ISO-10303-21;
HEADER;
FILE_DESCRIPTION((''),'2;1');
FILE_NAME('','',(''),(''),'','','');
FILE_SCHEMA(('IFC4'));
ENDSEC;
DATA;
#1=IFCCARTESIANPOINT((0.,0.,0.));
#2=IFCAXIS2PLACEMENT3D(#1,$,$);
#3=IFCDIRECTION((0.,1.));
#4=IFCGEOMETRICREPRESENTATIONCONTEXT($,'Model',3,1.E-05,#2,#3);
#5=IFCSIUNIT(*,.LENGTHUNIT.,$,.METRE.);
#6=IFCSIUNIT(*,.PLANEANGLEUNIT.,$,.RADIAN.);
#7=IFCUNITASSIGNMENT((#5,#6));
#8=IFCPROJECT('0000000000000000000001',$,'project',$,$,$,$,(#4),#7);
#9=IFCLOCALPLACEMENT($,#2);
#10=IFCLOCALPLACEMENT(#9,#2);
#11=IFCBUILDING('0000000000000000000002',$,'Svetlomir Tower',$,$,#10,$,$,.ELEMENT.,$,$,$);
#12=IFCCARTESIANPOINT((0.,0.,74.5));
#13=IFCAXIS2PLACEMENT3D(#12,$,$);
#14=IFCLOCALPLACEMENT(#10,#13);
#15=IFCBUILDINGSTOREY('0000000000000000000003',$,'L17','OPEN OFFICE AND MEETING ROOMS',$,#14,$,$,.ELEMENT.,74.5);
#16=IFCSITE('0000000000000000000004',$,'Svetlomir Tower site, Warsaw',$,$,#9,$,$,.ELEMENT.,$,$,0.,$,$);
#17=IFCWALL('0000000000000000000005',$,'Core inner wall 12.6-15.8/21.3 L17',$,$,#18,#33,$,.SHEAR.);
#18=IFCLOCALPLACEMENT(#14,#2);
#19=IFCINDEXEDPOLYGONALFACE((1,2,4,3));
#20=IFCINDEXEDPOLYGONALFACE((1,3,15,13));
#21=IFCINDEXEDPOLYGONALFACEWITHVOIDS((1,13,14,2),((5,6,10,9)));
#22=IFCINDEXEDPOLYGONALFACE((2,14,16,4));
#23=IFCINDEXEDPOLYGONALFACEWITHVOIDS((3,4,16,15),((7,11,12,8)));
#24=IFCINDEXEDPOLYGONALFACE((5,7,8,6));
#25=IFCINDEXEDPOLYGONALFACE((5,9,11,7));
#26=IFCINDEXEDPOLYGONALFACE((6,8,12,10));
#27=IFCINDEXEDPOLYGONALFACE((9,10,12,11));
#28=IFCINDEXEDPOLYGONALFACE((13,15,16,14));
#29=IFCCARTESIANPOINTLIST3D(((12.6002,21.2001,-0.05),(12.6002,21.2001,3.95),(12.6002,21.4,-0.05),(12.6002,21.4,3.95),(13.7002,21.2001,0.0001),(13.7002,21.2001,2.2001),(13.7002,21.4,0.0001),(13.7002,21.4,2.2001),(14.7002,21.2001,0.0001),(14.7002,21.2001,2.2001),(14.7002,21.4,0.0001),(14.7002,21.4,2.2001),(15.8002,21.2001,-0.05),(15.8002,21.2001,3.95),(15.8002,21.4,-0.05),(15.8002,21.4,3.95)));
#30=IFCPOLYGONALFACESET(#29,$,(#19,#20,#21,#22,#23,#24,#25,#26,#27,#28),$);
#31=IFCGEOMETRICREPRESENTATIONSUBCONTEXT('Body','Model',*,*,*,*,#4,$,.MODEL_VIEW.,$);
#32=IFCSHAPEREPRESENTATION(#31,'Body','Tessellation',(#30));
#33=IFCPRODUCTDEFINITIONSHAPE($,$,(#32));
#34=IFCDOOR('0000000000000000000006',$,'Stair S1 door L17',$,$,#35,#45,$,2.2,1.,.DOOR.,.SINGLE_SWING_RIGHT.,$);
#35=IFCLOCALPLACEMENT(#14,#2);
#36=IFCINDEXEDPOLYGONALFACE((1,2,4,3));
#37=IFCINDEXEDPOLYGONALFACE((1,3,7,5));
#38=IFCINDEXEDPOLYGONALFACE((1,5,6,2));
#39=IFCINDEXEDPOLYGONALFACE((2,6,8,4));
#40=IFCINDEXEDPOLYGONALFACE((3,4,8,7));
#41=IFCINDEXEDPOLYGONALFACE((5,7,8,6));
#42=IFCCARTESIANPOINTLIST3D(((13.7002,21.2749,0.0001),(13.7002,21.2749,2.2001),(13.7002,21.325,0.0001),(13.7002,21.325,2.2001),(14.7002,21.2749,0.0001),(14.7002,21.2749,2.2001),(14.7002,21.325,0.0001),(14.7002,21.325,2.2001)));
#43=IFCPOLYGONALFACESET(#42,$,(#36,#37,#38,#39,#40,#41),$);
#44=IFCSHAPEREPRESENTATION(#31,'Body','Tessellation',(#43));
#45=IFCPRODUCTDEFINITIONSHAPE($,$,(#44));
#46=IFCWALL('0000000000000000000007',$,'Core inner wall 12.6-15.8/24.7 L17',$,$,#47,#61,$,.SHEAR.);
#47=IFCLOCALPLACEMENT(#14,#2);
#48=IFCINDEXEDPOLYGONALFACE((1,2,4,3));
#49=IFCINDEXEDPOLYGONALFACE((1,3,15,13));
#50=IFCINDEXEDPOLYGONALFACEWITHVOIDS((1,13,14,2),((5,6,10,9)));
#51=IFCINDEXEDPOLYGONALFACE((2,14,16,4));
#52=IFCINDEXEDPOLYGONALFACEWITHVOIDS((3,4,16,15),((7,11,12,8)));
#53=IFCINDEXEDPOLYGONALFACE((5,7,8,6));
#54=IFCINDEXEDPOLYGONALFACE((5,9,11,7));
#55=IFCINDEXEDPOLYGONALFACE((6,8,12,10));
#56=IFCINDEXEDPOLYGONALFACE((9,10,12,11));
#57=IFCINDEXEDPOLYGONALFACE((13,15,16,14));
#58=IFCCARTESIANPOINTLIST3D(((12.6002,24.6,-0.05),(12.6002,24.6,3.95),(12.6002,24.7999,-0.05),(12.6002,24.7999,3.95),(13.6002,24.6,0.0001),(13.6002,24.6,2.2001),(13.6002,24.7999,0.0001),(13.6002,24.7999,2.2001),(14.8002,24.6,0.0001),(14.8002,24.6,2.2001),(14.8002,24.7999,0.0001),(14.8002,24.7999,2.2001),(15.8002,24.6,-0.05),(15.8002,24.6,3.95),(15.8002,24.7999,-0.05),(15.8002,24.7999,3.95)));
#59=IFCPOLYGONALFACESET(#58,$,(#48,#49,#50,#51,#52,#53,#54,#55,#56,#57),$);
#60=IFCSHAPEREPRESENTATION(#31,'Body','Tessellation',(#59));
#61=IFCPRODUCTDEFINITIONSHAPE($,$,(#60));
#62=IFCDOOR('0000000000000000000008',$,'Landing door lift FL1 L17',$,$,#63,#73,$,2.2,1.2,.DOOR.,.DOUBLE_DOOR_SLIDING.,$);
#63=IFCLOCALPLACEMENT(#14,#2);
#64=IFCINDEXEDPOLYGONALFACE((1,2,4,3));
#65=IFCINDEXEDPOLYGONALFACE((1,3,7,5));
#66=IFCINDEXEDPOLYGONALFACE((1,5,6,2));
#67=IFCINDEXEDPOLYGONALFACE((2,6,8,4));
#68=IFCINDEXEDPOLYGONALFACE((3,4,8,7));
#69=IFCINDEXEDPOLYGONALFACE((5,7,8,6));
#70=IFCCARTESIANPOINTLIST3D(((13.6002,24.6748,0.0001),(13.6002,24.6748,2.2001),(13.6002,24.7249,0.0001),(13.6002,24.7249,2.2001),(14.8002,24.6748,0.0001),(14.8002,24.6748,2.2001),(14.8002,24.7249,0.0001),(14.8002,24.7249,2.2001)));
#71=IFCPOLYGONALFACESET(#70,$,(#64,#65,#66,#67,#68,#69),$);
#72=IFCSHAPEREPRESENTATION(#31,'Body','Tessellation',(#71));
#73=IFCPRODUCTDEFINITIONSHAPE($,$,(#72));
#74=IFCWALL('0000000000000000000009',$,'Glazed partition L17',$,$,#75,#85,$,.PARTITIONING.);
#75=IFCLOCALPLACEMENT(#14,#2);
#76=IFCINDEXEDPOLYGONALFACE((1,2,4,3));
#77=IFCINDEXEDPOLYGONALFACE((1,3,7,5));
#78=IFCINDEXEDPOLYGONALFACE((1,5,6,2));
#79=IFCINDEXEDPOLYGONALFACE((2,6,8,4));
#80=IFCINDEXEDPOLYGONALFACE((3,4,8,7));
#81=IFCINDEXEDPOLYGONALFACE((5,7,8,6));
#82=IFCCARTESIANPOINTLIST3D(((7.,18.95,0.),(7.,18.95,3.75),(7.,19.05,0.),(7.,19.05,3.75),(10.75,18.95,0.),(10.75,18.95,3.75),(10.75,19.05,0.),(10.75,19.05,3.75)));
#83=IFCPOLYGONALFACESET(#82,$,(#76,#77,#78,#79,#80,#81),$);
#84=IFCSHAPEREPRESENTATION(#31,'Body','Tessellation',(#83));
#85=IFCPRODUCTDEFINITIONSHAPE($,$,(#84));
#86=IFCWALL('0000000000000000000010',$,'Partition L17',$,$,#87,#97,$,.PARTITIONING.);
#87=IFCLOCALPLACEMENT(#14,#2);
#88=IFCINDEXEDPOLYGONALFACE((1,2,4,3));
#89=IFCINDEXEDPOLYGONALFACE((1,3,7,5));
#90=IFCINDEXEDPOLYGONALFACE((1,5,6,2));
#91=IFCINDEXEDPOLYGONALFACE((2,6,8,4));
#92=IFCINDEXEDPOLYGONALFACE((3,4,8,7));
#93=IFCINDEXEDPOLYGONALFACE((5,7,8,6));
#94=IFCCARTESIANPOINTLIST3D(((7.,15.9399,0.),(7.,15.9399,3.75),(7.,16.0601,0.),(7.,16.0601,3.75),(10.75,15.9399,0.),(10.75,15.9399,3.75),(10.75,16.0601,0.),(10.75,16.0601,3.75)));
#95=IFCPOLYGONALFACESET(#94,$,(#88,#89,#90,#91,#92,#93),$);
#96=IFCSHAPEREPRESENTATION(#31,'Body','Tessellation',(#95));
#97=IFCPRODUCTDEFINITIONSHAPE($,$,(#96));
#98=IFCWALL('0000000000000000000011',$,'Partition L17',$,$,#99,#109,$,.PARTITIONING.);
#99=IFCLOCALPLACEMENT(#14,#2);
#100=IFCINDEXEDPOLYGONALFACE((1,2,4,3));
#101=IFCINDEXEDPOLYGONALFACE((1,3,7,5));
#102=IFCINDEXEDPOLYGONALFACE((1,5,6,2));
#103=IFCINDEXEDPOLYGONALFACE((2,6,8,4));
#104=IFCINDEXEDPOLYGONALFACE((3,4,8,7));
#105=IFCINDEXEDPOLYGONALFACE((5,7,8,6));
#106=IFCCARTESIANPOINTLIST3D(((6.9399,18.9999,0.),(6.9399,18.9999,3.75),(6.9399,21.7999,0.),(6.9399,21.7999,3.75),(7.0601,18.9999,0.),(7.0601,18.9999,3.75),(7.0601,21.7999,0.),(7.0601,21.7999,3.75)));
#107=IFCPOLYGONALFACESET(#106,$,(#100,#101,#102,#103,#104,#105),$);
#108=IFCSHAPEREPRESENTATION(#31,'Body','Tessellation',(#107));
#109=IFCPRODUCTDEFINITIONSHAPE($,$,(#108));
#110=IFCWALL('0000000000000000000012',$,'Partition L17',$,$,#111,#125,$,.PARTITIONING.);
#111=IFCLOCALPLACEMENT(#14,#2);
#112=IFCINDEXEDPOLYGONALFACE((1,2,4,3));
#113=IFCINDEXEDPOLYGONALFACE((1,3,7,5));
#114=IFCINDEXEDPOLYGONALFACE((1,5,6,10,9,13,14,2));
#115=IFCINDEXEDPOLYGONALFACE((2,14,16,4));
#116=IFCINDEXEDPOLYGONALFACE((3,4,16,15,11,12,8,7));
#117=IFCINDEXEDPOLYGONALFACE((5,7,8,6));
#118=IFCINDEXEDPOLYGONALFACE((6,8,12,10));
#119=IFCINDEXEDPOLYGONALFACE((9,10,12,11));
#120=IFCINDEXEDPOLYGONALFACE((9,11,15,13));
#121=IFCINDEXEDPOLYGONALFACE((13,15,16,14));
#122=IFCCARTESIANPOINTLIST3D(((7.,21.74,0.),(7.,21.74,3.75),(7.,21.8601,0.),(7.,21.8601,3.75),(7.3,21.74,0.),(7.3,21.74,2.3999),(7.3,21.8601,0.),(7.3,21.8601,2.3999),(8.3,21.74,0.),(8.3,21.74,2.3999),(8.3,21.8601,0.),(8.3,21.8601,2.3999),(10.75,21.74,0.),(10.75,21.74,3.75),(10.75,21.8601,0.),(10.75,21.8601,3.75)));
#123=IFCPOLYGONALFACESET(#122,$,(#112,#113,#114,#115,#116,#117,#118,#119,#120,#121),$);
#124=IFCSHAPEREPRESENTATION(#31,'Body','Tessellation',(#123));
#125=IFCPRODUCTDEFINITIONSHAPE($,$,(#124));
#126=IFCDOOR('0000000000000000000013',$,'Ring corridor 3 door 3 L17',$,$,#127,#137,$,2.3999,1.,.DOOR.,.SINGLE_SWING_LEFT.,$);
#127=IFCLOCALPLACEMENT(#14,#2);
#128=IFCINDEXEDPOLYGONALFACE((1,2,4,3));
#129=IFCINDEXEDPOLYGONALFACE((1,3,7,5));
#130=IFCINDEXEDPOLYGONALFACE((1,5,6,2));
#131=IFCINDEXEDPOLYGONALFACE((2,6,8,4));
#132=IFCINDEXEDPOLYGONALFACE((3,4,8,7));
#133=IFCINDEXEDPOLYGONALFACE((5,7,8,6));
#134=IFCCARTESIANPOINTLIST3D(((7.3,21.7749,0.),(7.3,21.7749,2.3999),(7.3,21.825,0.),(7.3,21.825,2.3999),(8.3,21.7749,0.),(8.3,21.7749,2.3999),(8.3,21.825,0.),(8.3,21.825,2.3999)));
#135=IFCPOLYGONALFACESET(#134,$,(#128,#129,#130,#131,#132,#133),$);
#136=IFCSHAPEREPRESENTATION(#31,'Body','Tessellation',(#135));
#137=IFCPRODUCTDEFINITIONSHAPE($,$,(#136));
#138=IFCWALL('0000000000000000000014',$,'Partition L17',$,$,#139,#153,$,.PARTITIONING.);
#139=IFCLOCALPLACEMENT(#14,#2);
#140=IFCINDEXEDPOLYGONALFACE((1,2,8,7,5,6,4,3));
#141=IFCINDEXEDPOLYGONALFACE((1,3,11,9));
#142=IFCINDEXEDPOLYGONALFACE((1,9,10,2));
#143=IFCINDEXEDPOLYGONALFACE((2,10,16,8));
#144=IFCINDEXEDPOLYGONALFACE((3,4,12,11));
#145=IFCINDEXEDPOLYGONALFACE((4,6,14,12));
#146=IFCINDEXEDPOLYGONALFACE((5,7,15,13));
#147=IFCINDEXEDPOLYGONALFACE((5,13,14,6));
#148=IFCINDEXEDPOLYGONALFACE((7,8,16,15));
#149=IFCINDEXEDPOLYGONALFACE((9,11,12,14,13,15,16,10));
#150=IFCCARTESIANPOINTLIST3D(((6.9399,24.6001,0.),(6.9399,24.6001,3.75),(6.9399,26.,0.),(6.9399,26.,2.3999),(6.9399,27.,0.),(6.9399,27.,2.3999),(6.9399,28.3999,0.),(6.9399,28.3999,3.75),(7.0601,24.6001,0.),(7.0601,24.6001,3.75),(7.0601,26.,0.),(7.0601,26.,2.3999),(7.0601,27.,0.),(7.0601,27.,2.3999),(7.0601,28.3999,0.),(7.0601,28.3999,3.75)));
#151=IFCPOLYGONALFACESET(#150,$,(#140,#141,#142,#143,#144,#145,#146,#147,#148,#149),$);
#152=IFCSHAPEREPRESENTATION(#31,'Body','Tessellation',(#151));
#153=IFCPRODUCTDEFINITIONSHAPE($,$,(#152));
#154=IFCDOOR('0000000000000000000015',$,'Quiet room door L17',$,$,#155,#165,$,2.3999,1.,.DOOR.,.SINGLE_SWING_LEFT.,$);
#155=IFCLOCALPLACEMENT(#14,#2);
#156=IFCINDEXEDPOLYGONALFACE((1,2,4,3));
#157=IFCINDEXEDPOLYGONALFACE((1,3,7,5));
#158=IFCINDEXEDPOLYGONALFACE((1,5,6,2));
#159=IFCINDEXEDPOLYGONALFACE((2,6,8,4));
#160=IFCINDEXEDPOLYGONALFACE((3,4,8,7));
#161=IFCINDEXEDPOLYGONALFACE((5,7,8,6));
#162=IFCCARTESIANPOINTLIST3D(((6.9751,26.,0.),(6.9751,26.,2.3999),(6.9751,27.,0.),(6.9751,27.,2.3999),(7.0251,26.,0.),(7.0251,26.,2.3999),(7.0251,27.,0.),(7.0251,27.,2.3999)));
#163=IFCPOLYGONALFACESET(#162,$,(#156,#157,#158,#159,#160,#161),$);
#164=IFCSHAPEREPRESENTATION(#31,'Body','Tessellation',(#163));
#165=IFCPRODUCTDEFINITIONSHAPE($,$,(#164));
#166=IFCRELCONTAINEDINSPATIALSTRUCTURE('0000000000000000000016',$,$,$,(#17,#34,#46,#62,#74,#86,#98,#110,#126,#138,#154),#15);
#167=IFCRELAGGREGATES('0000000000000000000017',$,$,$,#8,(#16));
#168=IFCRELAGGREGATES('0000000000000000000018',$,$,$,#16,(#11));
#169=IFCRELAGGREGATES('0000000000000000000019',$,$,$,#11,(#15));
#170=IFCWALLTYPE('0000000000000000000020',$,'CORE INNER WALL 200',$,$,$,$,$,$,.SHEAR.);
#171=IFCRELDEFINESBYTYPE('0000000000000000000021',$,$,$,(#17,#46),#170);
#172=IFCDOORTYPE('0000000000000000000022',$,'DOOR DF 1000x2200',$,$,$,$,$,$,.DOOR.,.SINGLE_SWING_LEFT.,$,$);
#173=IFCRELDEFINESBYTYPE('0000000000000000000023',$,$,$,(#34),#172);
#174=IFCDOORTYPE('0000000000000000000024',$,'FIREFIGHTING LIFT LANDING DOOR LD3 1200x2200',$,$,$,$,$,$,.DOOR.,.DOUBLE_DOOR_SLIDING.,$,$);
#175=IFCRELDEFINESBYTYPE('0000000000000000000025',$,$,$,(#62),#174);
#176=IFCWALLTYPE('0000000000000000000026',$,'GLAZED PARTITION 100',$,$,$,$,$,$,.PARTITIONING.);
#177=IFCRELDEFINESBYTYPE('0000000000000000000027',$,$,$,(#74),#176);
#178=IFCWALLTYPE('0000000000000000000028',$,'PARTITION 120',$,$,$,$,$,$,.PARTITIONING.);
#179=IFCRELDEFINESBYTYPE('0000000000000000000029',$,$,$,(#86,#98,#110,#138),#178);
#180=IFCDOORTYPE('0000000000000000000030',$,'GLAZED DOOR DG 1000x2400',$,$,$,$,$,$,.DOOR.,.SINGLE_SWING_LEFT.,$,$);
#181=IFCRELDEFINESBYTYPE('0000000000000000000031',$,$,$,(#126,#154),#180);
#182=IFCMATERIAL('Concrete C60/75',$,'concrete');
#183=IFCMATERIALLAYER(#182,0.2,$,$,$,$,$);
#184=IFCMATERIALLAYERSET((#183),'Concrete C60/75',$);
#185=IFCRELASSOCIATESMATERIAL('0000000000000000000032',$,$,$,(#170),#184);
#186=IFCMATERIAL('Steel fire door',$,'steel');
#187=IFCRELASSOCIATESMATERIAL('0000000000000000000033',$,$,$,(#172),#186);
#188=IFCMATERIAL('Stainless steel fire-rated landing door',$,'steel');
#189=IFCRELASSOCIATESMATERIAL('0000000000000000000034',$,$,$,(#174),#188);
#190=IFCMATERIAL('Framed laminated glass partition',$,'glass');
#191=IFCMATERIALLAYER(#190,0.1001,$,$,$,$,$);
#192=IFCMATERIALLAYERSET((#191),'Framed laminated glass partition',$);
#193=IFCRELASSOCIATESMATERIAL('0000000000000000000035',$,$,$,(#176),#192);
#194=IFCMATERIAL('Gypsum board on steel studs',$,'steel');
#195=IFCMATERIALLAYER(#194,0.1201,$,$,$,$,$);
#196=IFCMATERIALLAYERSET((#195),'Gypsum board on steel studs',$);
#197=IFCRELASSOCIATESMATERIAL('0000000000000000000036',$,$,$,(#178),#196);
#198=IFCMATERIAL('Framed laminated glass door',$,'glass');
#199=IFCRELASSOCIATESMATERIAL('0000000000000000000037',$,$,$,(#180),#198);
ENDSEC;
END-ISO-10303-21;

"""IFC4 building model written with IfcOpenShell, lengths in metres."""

from ifc_helpers import new_model, si_unit, direction, frame, frame_2d, origin, place, context, subcontext, project, spatial, rectangle, extrude, material, layer, layer_set, type_object, element, fill, save


model = new_model("IFC4")

# Units and contexts
model_context = context("Model", 3, precision=1e-05, world=origin(), true_north=direction((0.0, 1.0)))
body_context = subcontext(model_context, "Body", "Model", "MODEL_VIEW")
ifc_project = project(units=[si_unit("LENGTHUNIT", "METRE"), si_unit("PLANEANGLEUNIT", "RADIAN")], contexts=[model_context])

# Site, building, storey
site_placement = place(None, origin())
site = spatial("IfcSite", under=ifc_project, at=site_placement, Name="Svetlomir Tower site, Warsaw", CompositionType="ELEMENT", RefElevation=0.0)
building_placement = place(site_placement, origin())
building = spatial("IfcBuilding", under=site, at=building_placement, Name="Svetlomir Tower", CompositionType="ELEMENT")
storey_placement = place(building_placement, frame((0.0, 0.0, 74.5)))
storey = spatial("IfcBuildingStorey", under=building, at=storey_placement, Name="L17", Description="OPEN OFFICE AND MEETING ROOMS", CompositionType="ELEMENT", Elevation=74.5)

# Walls, openings, doors
ifc_material_1 = material(Name="Concrete C60/75", Category="concrete")
ifc_layer_1 = layer(ifc_material_1, 0.2)
ifc_layer_set_1 = layer_set([ifc_layer_1], Name="Concrete C60/75")
wall_type_1 = type_object("IfcWallType", Name="CORE INNER WALL 200", PredefinedType="SHEAR", material=ifc_layer_set_1)
wall_1_placement = place(storey_placement, frame((12.6001, 21.3, -0.05), z_axis=(0.0, 0.0, 1.0), x_axis=(1.0, 0.0, 0.0)))
wall_1 = element("IfcWall", 1, at=wall_1_placement, inside=storey, type_object=wall_type_1, Name="Core inner wall 12.6-15.8/21.3 L17", PredefinedType="SHEAR", context=body_context, shape_type="SweptSolid", body=[
    extrude(rectangle(XDim=3.2, YDim=0.2, at=frame_2d((1.6001, 0.0))), origin(), (0.0, 0.0, 1.0), 4.0),
])
opening_1_placement = place(wall_1_placement, frame((1.1001, 0.0, 0.05)))
opening_1 = element("IfcOpeningElement", 2, at=opening_1_placement, cuts=wall_1, PredefinedType="OPENING", context=body_context, shape_type="SweptSolid", body=[
    extrude(rectangle(XDim=1.0, YDim=2.2, at=frame_2d((0.5, 1.1001))), frame((0.0, 0.1099, 0.0), z_axis=(0.0, -1.0, 0.0), x_axis=(1.0, 0.0, 0.0)), (0.0, 0.0, 1.0), 0.22),
])
ifc_material_2 = material(Name="Steel fire door", Category="steel")
door_type_1 = type_object("IfcDoorType", Name="DOOR DF 1000x2200", OperationType="SINGLE_SWING_LEFT", PredefinedType="DOOR", material=ifc_material_2)
door_1_placement = place(opening_1_placement, origin())
door_1 = element("IfcDoor", 3, at=door_1_placement, inside=storey, type_object=door_type_1, Name="Stair S1 door L17", OperationType="SINGLE_SWING_RIGHT", OverallHeight=2.2, OverallWidth=1.0, PredefinedType="DOOR", context=body_context, shape_type="SweptSolid", body=[
    extrude(rectangle(XDim=1.0, YDim=2.2, at=frame_2d((0.5, 1.1001))), frame((0.0, 0.0249, 0.0), z_axis=(0.0, -1.0, 0.0), x_axis=(1.0, 0.0, 0.0)), (0.0, 0.0, 1.0), 0.05),
])
fill(opening_1, door_1)
wall_2_placement = place(storey_placement, frame((12.6001, 24.7, -0.05), z_axis=(0.0, 0.0, 1.0), x_axis=(1.0, 0.0, 0.0)))
wall_2 = element("IfcWall", 4, at=wall_2_placement, inside=storey, type_object=wall_type_1, Name="Core inner wall 12.6-15.8/24.7 L17", PredefinedType="SHEAR", context=body_context, shape_type="SweptSolid", body=[
    extrude(rectangle(XDim=3.2, YDim=0.2, at=frame_2d((1.6001, 0.0))), origin(), (0.0, 0.0, 1.0), 4.0),
])
opening_2_placement = place(wall_2_placement, frame((1.0, 0.0, 0.05)))
opening_2 = element("IfcOpeningElement", 5, at=opening_2_placement, cuts=wall_2, PredefinedType="OPENING", context=body_context, shape_type="SweptSolid", body=[
    extrude(rectangle(XDim=1.2, YDim=2.2, at=frame_2d((0.6001, 1.1001))), frame((0.0, 0.1099, 0.0), z_axis=(0.0, -1.0, 0.0), x_axis=(1.0, 0.0, 0.0)), (0.0, 0.0, 1.0), 0.22),
])
ifc_material_3 = material(Name="Stainless steel fire-rated landing door", Category="steel")
door_type_2 = type_object("IfcDoorType", Name="FIREFIGHTING LIFT LANDING DOOR LD3 1200x2200", OperationType="DOUBLE_DOOR_SLIDING", PredefinedType="DOOR", material=ifc_material_3)
door_2_placement = place(opening_2_placement, origin())
door_2 = element("IfcDoor", 6, at=door_2_placement, inside=storey, type_object=door_type_2, Name="Landing door lift FL1 L17", OperationType="DOUBLE_DOOR_SLIDING", OverallHeight=2.2, OverallWidth=1.2, PredefinedType="DOOR", context=body_context, shape_type="SweptSolid", body=[
    extrude(rectangle(XDim=1.2, YDim=2.2, at=frame_2d((0.6001, 1.1001))), frame((0.0, 0.0249, 0.0), z_axis=(0.0, -1.0, 0.0), x_axis=(1.0, 0.0, 0.0)), (0.0, 0.0, 1.0), 0.05),
])
fill(opening_2, door_2)

# Wall
ifc_material_4 = material(Name="Framed laminated glass partition", Category="glass")
ifc_layer_2 = layer(ifc_material_4, 0.1001)
ifc_layer_set_2 = layer_set([ifc_layer_2], Name="Framed laminated glass partition")
wall_type_2 = type_object("IfcWallType", Name="GLAZED PARTITION 100", PredefinedType="PARTITIONING", material=ifc_layer_set_2)
wall_3_placement = place(storey_placement, frame((7.0, 19.0, 0.0), z_axis=(0.0, 0.0, 1.0), x_axis=(1.0, 0.0, 0.0)))
element("IfcWall", 7, at=wall_3_placement, inside=storey, type_object=wall_type_2, Name="Glazed partition L17", PredefinedType="PARTITIONING", context=body_context, shape_type="SweptSolid", body=[
    extrude(rectangle(XDim=3.75, YDim=0.1001, at=frame_2d((1.875, 0.0))), origin(), (0.0, 0.0, 1.0), 3.75),
])

# Shared definitions
ifc_material_5 = material(Name="Gypsum board on steel studs", Category="steel")
ifc_layer_3 = layer(ifc_material_5, 0.1201)
ifc_layer_set_3 = layer_set([ifc_layer_3], Name="Gypsum board on steel studs")
wall_type_3 = type_object("IfcWallType", Name="PARTITION 120", PredefinedType="PARTITIONING", material=ifc_layer_set_3)
ifc_material_6 = material(Name="Framed laminated glass door", Category="glass")
door_type_3 = type_object("IfcDoorType", Name="GLAZED DOOR DG 1000x2400", OperationType="SINGLE_SWING_LEFT", PredefinedType="DOOR", material=ifc_material_6)

# Walls
wall_4_placement = place(storey_placement, frame((7.0, 16.0, 0.0), z_axis=(0.0, 0.0, 1.0), x_axis=(1.0, 0.0, 0.0)))
element("IfcWall", 8, at=wall_4_placement, inside=storey, type_object=wall_type_3, Name="Partition L17", PredefinedType="PARTITIONING", context=body_context, shape_type="SweptSolid", body=[
    extrude(rectangle(XDim=3.75, YDim=0.1201, at=frame_2d((1.875, 0.0))), origin(), (0.0, 0.0, 1.0), 3.75),
])
wall_5_placement = place(storey_placement, frame((7.0, 19.0, 0.0), z_axis=(0.0, 0.0, 1.0), x_axis=(0.0, 1.0, 0.0)))
element("IfcWall", 9, at=wall_5_placement, inside=storey, type_object=wall_type_3, Name="Partition L17", PredefinedType="PARTITIONING", context=body_context, shape_type="SweptSolid", body=[
    extrude(rectangle(XDim=2.8, YDim=0.1201, at=frame_2d((1.3999, 0.0))), origin(), (0.0, 0.0, 1.0), 3.75),
])

# Walls, openings, doors
wall_6_placement = place(storey_placement, frame((7.0, 21.8, 0.0), z_axis=(0.0, 0.0, 1.0), x_axis=(1.0, 0.0, 0.0)))
wall_6 = element("IfcWall", 10, at=wall_6_placement, inside=storey, type_object=wall_type_3, Name="Partition L17", PredefinedType="PARTITIONING", context=body_context, shape_type="SweptSolid", body=[
    extrude(rectangle(XDim=3.75, YDim=0.1201, at=frame_2d((1.875, 0.0))), origin(), (0.0, 0.0, 1.0), 3.75),
])
opening_3_placement = place(wall_6_placement, frame((0.3, 0.0, 0.0)))
opening_3 = element("IfcOpeningElement", 11, at=opening_3_placement, cuts=wall_6, PredefinedType="OPENING", context=body_context, shape_type="SweptSolid", body=[
    extrude(rectangle(XDim=1.0, YDim=2.3999, at=frame_2d((0.5, 1.2))), frame((0.0, 0.0701, 0.0), z_axis=(0.0, -1.0, 0.0), x_axis=(1.0, 0.0, 0.0)), (0.0, 0.0, 1.0), 0.1401),
])
door_3_placement = place(opening_3_placement, origin())
door_3 = element("IfcDoor", 12, at=door_3_placement, inside=storey, type_object=door_type_3, Name="Ring corridor 3 door 3 L17", OperationType="SINGLE_SWING_LEFT", OverallHeight=2.3999, OverallWidth=1.0, PredefinedType="DOOR", context=body_context, shape_type="SweptSolid", body=[
    extrude(rectangle(XDim=1.0, YDim=2.3999, at=frame_2d((0.5, 1.2))), frame((0.0, 0.0249, 0.0), z_axis=(0.0, -1.0, 0.0), x_axis=(1.0, 0.0, 0.0)), (0.0, 0.0, 1.0), 0.05),
])
fill(opening_3, door_3)
wall_7_placement = place(storey_placement, frame((7.0, 24.6001, 0.0), z_axis=(0.0, 0.0, 1.0), x_axis=(0.0, 1.0, 0.0)))
wall_7 = element("IfcWall", 13, at=wall_7_placement, inside=storey, type_object=wall_type_3, Name="Partition L17", PredefinedType="PARTITIONING", context=body_context, shape_type="SweptSolid", body=[
    extrude(rectangle(XDim=3.7998, YDim=0.1201, at=frame_2d((1.8999, 0.0))), origin(), (0.0, 0.0, 1.0), 3.75),
])
opening_4_placement = place(wall_7_placement, frame((1.3999, 0.0, 0.0)))
opening_4 = element("IfcOpeningElement", 14, at=opening_4_placement, cuts=wall_7, PredefinedType="OPENING", context=body_context, shape_type="SweptSolid", body=[
    extrude(rectangle(XDim=1.0, YDim=2.3999, at=frame_2d((0.5, 1.2))), frame((0.0, 0.0701, 0.0), z_axis=(0.0, -1.0, 0.0), x_axis=(1.0, 0.0, 0.0)), (0.0, 0.0, 1.0), 0.1401),
])
door_4_placement = place(opening_4_placement, origin())
door_4 = element("IfcDoor", 15, at=door_4_placement, inside=storey, type_object=door_type_3, Name="Quiet room door L17", OperationType="SINGLE_SWING_LEFT", OverallHeight=2.3999, OverallWidth=1.0, PredefinedType="DOOR", context=body_context, shape_type="SweptSolid", body=[
    extrude(rectangle(XDim=1.0, YDim=2.3999, at=frame_2d((0.5, 1.2))), frame((0.0, 0.0249, 0.0), z_axis=(0.0, -1.0, 0.0), x_axis=(1.0, 0.0, 0.0)), (0.0, 0.0, 1.0), 0.05),
])
fill(opening_4, door_4)

save(model, "model.ifc")
